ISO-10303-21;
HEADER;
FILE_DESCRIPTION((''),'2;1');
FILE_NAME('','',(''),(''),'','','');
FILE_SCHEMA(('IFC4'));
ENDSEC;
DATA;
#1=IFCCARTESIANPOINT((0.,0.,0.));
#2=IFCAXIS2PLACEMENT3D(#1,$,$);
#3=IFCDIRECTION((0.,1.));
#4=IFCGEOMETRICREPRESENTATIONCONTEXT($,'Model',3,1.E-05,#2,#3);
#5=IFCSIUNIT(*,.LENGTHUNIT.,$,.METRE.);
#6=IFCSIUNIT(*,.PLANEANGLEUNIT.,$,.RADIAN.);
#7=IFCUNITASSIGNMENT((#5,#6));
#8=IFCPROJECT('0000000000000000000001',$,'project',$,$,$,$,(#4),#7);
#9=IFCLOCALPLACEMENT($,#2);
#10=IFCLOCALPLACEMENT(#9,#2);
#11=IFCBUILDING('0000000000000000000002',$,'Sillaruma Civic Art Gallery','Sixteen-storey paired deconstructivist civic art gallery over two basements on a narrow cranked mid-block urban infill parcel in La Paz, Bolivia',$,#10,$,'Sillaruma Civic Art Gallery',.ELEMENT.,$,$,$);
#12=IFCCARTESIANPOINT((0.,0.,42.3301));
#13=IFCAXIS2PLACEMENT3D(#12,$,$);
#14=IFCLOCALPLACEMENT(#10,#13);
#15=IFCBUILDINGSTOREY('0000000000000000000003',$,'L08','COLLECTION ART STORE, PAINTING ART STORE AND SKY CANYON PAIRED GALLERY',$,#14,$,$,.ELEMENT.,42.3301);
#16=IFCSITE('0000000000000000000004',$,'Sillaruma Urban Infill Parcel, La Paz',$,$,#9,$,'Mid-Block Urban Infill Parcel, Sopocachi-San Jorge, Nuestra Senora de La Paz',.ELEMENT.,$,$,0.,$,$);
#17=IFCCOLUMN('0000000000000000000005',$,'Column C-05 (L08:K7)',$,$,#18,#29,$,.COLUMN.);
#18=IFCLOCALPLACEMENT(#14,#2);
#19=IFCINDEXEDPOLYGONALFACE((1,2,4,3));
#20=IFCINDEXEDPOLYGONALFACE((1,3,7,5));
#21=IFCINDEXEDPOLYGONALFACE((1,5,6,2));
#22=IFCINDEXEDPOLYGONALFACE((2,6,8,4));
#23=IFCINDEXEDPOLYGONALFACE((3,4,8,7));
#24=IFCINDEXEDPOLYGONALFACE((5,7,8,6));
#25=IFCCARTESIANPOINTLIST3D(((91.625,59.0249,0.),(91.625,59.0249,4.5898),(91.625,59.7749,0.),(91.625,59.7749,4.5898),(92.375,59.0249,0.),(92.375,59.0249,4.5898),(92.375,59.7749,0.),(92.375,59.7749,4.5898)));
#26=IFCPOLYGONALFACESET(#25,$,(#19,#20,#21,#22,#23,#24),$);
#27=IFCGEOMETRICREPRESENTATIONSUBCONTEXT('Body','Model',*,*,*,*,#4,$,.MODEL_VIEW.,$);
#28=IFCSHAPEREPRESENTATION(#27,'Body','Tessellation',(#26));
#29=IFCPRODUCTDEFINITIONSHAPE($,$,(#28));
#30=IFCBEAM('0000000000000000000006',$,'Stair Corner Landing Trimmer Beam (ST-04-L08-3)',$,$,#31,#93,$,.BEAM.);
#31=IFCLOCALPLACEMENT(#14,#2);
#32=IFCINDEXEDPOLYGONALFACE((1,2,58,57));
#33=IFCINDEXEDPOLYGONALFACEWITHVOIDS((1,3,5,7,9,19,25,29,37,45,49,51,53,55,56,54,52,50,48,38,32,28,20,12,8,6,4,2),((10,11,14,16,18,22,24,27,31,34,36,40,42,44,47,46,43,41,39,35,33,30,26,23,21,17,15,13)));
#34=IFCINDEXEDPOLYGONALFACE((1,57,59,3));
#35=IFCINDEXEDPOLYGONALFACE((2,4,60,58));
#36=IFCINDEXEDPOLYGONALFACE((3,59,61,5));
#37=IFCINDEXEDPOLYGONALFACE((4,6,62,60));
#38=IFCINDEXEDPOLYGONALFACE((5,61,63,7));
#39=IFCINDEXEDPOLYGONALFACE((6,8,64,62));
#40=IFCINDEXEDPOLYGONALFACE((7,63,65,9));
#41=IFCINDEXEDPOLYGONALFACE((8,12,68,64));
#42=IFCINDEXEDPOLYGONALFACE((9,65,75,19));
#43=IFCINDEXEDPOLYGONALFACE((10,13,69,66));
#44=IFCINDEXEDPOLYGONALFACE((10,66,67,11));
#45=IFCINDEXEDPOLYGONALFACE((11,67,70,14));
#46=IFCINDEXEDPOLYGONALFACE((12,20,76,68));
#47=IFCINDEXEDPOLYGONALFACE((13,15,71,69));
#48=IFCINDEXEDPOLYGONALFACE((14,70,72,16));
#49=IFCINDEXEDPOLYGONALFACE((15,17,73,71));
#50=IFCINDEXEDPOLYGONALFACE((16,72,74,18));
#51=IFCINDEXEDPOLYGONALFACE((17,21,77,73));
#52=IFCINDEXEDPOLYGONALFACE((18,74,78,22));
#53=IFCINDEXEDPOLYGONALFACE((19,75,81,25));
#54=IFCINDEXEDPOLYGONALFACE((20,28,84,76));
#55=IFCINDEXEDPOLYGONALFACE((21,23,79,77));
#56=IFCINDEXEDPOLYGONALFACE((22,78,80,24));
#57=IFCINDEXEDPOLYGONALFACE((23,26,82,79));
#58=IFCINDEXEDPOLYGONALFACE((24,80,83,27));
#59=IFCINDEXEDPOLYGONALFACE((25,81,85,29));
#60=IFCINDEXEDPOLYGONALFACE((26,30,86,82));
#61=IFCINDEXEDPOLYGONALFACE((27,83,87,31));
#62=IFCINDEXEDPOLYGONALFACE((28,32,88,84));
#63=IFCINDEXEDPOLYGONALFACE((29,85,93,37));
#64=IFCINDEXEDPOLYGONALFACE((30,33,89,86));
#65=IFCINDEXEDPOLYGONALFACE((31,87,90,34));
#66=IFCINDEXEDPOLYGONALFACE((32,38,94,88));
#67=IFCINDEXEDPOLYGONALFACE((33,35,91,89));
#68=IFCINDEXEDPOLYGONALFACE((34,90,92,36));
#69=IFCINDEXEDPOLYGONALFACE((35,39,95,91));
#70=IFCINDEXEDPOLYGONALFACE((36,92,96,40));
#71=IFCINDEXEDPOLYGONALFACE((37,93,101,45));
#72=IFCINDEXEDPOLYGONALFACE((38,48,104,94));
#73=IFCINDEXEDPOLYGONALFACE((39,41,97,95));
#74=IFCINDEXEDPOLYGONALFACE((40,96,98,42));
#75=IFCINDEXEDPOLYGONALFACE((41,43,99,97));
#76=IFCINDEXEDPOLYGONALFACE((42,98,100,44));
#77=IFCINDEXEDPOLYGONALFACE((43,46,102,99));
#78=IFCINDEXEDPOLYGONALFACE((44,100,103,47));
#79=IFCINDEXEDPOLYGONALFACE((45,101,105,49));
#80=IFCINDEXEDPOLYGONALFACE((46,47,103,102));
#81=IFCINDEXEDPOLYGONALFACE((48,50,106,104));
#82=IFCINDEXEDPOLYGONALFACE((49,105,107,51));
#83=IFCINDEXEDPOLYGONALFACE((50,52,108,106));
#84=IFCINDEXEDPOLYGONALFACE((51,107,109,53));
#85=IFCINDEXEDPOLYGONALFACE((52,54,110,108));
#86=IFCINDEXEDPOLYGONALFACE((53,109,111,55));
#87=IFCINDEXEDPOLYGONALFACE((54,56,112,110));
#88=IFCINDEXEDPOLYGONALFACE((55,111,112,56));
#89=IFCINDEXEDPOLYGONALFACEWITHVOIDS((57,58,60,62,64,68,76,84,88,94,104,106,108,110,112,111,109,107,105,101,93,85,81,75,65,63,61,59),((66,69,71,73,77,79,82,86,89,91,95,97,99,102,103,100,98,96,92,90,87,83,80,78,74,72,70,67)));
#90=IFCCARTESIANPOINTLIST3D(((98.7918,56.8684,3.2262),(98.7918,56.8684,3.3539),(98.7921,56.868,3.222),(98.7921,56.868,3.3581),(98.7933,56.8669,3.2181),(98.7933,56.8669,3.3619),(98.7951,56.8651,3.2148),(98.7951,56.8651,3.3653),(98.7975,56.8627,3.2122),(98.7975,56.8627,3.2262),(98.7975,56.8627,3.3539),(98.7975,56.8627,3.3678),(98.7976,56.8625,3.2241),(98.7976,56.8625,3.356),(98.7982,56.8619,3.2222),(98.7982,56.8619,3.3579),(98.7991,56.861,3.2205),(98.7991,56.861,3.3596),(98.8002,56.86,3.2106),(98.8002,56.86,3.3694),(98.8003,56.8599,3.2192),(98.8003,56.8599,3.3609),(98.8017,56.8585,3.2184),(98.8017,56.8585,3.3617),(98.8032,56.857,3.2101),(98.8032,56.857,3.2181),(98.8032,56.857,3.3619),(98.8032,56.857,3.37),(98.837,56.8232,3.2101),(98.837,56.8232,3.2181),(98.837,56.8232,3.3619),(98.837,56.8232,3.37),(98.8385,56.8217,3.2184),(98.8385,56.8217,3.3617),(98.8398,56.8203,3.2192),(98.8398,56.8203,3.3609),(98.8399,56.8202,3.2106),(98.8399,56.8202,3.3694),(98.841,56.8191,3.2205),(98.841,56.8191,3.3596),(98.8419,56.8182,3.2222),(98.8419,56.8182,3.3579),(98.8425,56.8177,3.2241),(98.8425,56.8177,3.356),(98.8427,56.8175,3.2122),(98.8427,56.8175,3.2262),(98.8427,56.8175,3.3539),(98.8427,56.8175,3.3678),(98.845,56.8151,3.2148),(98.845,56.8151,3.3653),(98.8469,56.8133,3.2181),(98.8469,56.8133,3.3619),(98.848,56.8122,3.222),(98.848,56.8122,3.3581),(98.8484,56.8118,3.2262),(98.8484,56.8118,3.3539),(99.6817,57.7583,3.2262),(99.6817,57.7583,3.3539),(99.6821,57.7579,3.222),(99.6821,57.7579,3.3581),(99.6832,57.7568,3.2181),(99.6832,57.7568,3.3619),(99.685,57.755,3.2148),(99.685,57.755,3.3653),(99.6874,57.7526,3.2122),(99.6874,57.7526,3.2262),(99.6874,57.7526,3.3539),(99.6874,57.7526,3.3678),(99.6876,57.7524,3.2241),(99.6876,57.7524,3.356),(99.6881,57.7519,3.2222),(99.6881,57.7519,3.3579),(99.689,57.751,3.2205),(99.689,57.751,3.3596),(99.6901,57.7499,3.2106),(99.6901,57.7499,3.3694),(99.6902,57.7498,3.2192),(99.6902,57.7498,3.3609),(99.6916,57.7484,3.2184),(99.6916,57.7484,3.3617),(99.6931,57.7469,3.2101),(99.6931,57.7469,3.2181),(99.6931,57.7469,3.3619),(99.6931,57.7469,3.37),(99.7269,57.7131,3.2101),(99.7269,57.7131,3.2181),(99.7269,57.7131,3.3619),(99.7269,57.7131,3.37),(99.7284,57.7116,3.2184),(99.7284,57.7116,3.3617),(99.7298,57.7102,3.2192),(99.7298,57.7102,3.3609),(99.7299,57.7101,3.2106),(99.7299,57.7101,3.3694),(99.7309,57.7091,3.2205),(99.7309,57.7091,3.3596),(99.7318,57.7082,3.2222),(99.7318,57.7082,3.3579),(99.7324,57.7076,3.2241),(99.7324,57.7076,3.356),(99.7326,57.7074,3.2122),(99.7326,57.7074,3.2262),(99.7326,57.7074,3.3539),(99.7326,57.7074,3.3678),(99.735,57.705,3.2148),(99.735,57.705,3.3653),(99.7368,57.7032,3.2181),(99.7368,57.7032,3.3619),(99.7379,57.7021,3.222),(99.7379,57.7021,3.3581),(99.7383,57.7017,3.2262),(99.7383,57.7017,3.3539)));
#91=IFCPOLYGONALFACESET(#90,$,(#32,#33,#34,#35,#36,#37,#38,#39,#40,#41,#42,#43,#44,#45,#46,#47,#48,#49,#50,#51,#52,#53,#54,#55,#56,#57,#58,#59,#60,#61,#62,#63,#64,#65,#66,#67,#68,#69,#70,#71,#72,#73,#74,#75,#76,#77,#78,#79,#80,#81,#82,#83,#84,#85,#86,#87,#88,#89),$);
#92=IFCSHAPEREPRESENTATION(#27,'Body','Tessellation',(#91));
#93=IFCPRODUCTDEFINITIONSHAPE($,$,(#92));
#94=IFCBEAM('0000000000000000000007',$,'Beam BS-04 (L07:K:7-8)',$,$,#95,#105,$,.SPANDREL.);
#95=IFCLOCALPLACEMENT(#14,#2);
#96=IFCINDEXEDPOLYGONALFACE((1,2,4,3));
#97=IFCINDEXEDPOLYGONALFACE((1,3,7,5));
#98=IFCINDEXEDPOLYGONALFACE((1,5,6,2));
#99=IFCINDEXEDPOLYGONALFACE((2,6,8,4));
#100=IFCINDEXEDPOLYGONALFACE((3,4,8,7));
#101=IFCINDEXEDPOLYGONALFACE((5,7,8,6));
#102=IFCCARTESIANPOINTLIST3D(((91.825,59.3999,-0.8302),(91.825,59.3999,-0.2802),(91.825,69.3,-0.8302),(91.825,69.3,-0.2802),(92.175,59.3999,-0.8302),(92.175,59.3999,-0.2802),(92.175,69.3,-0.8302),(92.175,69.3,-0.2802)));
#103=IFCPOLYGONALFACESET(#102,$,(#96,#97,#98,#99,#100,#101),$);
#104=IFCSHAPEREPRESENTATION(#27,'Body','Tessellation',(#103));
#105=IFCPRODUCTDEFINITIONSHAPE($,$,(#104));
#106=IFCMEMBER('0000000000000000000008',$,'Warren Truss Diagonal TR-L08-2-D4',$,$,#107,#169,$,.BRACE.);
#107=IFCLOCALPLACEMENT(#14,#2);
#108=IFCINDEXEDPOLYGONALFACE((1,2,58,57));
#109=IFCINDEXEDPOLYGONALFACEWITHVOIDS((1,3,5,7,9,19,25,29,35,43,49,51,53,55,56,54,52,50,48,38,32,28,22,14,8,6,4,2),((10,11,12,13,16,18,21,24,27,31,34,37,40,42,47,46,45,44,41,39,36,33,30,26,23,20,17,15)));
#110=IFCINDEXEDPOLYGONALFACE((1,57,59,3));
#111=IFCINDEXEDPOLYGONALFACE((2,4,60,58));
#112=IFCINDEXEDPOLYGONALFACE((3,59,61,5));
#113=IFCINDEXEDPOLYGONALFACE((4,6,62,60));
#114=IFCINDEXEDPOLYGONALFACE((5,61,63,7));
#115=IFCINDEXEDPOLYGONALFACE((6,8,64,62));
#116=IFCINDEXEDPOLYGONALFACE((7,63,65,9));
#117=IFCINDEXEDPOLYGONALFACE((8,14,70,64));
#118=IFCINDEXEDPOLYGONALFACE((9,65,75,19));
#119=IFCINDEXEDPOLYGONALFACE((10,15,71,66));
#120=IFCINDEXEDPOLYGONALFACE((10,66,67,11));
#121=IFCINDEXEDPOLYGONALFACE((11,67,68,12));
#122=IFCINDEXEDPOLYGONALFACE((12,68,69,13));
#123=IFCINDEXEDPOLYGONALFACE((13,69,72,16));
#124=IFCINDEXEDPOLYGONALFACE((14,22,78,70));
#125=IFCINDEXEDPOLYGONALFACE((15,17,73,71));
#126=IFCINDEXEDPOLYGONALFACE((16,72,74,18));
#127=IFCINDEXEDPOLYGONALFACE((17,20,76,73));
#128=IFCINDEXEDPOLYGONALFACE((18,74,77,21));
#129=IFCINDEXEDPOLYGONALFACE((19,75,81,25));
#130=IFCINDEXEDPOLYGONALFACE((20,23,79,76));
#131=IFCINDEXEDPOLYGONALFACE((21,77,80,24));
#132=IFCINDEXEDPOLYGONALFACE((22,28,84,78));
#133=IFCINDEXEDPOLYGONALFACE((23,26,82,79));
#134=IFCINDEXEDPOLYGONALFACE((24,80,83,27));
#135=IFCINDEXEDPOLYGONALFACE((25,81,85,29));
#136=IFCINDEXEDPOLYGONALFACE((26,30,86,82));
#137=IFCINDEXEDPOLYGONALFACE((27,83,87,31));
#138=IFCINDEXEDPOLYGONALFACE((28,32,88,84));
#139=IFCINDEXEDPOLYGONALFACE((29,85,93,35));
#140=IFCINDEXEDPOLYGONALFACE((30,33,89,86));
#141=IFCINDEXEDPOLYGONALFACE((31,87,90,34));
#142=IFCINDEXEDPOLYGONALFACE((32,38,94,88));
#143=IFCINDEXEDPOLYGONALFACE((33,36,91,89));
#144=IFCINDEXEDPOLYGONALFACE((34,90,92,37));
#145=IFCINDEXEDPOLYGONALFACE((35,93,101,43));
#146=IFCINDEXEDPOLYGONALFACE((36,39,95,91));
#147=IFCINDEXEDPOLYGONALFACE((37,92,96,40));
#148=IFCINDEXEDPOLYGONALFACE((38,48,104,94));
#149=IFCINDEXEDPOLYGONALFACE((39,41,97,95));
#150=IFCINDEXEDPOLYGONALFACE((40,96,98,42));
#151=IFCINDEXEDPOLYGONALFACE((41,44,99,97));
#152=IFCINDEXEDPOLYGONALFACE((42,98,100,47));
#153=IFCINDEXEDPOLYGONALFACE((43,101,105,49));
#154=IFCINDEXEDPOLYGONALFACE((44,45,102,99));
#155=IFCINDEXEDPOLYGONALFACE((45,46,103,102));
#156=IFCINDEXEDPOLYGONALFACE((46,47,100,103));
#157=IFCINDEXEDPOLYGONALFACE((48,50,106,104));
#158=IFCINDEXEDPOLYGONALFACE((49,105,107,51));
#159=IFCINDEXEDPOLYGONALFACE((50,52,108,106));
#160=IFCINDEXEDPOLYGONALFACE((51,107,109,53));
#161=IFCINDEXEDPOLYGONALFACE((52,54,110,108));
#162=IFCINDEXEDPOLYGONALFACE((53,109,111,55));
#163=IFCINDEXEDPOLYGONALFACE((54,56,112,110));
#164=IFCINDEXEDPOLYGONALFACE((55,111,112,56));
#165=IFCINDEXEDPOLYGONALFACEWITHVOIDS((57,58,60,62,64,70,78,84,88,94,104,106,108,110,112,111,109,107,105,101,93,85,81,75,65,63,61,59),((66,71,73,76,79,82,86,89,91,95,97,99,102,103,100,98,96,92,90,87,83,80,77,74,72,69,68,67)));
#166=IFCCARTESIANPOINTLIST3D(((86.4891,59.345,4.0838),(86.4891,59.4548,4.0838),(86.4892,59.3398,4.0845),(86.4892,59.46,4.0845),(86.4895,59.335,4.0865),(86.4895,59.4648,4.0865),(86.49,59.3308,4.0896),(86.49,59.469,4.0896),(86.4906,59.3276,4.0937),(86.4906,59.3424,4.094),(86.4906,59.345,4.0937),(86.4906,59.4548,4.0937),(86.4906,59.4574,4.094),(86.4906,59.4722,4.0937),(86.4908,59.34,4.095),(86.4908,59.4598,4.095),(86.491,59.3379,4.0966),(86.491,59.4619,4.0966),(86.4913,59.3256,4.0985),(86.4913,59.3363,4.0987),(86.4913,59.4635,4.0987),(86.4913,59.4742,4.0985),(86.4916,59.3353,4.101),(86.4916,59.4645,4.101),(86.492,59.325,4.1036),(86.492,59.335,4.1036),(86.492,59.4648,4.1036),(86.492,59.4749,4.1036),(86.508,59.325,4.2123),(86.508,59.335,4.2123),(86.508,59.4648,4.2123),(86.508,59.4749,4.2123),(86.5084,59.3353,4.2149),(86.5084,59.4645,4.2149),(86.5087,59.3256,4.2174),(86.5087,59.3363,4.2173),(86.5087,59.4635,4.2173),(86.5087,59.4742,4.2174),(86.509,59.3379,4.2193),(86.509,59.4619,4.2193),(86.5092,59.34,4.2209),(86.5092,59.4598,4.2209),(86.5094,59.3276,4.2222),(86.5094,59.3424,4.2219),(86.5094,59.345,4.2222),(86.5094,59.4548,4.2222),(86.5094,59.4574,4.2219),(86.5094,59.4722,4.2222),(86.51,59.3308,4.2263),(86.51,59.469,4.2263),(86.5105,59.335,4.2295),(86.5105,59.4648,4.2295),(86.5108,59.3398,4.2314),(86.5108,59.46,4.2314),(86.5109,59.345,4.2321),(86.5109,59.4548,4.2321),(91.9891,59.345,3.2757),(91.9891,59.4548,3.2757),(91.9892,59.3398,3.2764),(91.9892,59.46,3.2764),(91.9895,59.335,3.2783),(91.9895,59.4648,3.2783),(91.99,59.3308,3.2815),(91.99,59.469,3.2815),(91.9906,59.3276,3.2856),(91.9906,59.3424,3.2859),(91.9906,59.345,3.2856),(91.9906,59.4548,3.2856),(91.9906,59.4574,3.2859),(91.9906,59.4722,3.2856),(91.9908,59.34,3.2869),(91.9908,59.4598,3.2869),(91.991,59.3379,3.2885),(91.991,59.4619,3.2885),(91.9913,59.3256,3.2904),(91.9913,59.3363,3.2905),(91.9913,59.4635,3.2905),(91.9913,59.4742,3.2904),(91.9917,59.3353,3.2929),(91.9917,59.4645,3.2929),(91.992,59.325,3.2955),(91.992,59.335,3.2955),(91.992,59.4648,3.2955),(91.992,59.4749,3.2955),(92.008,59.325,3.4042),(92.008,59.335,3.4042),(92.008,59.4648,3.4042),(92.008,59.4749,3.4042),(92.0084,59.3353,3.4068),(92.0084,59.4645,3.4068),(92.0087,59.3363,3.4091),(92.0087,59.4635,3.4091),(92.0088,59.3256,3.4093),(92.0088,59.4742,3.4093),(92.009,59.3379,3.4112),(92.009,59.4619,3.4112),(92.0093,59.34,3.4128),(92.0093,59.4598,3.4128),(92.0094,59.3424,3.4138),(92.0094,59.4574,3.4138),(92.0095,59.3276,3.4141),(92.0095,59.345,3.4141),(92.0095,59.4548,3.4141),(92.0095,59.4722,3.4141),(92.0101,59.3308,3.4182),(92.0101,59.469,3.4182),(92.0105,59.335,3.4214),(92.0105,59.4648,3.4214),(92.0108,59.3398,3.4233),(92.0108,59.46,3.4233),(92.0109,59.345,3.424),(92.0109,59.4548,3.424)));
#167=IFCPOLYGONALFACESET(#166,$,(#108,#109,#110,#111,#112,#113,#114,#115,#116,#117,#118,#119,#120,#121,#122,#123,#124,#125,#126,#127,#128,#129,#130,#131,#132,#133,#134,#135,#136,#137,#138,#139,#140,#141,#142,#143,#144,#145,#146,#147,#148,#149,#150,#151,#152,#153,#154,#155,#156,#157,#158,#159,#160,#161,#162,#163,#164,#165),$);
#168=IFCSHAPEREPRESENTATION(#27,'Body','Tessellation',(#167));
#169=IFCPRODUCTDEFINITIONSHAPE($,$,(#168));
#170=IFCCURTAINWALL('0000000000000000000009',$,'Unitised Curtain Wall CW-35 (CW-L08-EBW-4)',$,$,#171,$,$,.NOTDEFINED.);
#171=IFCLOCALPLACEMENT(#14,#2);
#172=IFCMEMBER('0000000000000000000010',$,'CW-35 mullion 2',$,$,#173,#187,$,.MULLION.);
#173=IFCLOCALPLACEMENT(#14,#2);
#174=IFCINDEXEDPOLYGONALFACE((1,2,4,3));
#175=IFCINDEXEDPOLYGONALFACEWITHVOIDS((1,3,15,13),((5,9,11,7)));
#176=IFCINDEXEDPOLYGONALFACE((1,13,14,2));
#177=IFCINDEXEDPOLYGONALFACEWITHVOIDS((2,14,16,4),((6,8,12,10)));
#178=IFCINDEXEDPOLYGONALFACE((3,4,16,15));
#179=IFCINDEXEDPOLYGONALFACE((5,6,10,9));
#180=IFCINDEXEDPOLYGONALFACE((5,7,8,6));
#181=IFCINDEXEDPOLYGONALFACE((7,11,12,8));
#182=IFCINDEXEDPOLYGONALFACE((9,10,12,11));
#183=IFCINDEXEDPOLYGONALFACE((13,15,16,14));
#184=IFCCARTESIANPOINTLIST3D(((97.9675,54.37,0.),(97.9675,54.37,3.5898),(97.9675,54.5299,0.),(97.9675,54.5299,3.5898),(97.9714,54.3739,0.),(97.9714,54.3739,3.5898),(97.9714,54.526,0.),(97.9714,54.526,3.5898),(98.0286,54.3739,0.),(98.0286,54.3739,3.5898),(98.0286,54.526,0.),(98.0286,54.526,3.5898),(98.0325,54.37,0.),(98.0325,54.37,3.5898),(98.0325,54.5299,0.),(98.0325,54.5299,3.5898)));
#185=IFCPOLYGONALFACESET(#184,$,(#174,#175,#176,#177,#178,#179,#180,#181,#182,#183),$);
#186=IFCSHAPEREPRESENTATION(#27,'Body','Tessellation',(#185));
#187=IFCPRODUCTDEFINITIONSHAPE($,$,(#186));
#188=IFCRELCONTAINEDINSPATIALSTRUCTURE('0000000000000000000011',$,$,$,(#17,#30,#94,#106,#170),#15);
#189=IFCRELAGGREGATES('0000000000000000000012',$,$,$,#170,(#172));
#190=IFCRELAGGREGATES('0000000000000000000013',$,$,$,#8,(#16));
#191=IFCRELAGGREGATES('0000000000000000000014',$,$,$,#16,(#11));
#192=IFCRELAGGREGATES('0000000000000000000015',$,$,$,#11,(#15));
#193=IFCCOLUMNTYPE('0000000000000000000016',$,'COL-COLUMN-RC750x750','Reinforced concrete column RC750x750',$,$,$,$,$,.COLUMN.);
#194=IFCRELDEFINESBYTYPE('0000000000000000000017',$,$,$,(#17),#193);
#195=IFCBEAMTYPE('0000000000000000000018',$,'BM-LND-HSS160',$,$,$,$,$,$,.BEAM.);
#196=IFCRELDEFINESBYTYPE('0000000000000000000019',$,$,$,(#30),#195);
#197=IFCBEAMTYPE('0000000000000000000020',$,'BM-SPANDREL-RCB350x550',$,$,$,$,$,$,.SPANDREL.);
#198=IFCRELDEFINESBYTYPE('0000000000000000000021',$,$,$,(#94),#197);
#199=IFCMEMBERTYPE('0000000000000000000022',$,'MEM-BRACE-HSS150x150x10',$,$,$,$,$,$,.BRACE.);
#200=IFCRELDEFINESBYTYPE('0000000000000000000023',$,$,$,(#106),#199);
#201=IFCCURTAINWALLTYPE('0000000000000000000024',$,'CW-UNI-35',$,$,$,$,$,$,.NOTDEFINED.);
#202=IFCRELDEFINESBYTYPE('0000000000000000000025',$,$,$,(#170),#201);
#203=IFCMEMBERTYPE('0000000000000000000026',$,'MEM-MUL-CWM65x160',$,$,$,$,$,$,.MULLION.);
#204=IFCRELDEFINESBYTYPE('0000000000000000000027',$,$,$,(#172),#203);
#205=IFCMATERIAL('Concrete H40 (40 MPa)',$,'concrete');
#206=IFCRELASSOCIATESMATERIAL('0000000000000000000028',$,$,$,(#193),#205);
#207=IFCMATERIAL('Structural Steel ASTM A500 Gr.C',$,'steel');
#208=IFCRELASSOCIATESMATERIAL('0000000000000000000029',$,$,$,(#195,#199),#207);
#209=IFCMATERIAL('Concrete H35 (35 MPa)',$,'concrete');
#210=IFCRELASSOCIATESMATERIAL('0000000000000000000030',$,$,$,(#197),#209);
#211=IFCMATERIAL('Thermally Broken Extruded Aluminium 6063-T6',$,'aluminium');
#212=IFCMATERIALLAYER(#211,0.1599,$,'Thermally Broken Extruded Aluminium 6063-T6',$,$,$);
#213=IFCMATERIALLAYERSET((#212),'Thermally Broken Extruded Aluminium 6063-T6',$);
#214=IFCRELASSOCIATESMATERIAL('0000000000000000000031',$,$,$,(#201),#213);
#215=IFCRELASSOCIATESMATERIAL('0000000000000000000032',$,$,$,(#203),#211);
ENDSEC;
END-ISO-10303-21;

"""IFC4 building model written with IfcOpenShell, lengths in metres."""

from ifc_helpers import new_model, si_unit, direction, frame, origin, origin_2d, place, context, subcontext, project, spatial, rectangle, hollow_rectangle, extrude, material, layer, layer_set, material_profile, profile_set, type_object, element, aggregate, save


model = new_model("IFC4")

# Units and contexts
model_context = context("Model", 3, precision=1e-05, world=origin(), true_north=direction((0.0, 1.0)))
body_context = subcontext(model_context, "Body", "Model", "MODEL_VIEW")
ifc_project = project(units=[si_unit("LENGTHUNIT", "METRE"), si_unit("PLANEANGLEUNIT", "RADIAN")], contexts=[model_context])

# Site, building, storey
site_placement = place(None, origin())
site = spatial("IfcSite", under=ifc_project, at=site_placement, Name="Sillaruma Urban Infill Parcel, La Paz", LongName="Mid-Block Urban Infill Parcel, Sopocachi-San Jorge, Nuestra Senora de La Paz", CompositionType="ELEMENT", RefElevation=0.0)
building_placement = place(site_placement, origin())
building = spatial("IfcBuilding", under=site, at=building_placement, Name="Sillaruma Civic Art Gallery", Description="Sixteen-storey paired deconstructivist civic art gallery over two basements on a narrow cranked mid-block urban infill parcel in La Paz, Bolivia", LongName="Sillaruma Civic Art Gallery", CompositionType="ELEMENT")
storey_placement = place(building_placement, frame((0.0, 0.0, 42.3301)))
storey = spatial("IfcBuildingStorey", under=building, at=storey_placement, Name="L08", Description="COLLECTION ART STORE, PAINTING ART STORE AND SKY CANYON PAIRED GALLERY", CompositionType="ELEMENT", Elevation=42.3301)

# Column
ifc_material_1 = material(Name="Concrete H40 (40 MPa)", Category="concrete")
ifc_material_profile_1 = material_profile(ifc_material_1, rectangle(XDim=0.75, YDim=0.75, at=origin_2d()), Name="RC750x750")
ifc_profile_set_1 = profile_set([ifc_material_profile_1], Name="Concrete H40 (40 MPa)")
column_type = type_object("IfcColumnType", Name="COL-COLUMN-RC750x750", Description="Reinforced concrete column RC750x750", PredefinedType="COLUMN", material=ifc_profile_set_1)
column_placement = place(storey_placement, frame((92.0, 59.3999, 0.0), z_axis=(0.0, 0.0, 1.0), x_axis=(1.0, 0.0, 0.0)))
element("IfcColumn", 1, at=column_placement, inside=storey, type_object=column_type, Name="Column C-05 (L08:K7)", PredefinedType="COLUMN", context=body_context, shape_type="SweptSolid", body=[
    extrude(rectangle(XDim=0.75, YDim=0.75, at=origin_2d()), origin(), (0.0, 0.0, 1.0), 4.5898),
])

# Beams
ifc_material_2 = material(Name="Structural Steel ASTM A500 Gr.C", Category="steel")
ifc_material_profile_2 = material_profile(ifc_material_2, hollow_rectangle(XDim=0.0801, YDim=0.1599, WallThickness=0.0081, InnerFilletRadius=0.0081, OuterFilletRadius=0.0161, at=origin_2d()), Name="HSS160x80x8")
ifc_profile_set_2 = profile_set([ifc_material_profile_2], Name="Structural Steel ASTM A500 Gr.C")
beam_type_1 = type_object("IfcBeamType", Name="BM-LND-HSS160", PredefinedType="BEAM", material=ifc_profile_set_2)
beam_1_placement = place(storey_placement, frame((98.8201, 56.8401, 3.29), z_axis=(0.707107, 0.707107, 0.0), x_axis=(-0.707107, 0.707107, 0.0)))
element("IfcBeam", 2, at=beam_1_placement, inside=storey, type_object=beam_type_1, Name="Stair Corner Landing Trimmer Beam (ST-04-L08-3)", PredefinedType="BEAM", context=body_context, shape_type="SweptSolid", body=[
    extrude(hollow_rectangle(XDim=0.0801, YDim=0.1599, WallThickness=0.0081, InnerFilletRadius=0.0081, OuterFilletRadius=0.0161, at=origin_2d()), origin(), (0.0, 0.0, 1.0), 1.2585),
])
ifc_material_3 = material(Name="Concrete H35 (35 MPa)", Category="concrete")
ifc_material_profile_3 = material_profile(ifc_material_3, rectangle(XDim=0.3501, YDim=0.55, at=origin_2d()), Name="RCB350x550")
ifc_profile_set_3 = profile_set([ifc_material_profile_3], Name="Concrete H35 (35 MPa)")
beam_type_2 = type_object("IfcBeamType", Name="BM-SPANDREL-RCB350x550", PredefinedType="SPANDREL", material=ifc_profile_set_3)
beam_2_placement = place(storey_placement, frame((92.0, 59.3999, -0.5552), z_axis=(0.0, 1.0, 0.0), x_axis=(-1.0, 0.0, 0.0)))
element("IfcBeam", 3, at=beam_2_placement, inside=storey, type_object=beam_type_2, Name="Beam BS-04 (L07:K:7-8)", PredefinedType="SPANDREL", context=body_context, shape_type="SweptSolid", body=[
    extrude(rectangle(XDim=0.3501, YDim=0.55, at=origin_2d()), origin(), (0.0, 0.0, 1.0), 9.9001),
])

# Member
ifc_material_profile_4 = material_profile(ifc_material_2, hollow_rectangle(XDim=0.1499, YDim=0.1499, WallThickness=0.01, InnerFilletRadius=0.01, OuterFilletRadius=0.02, at=origin_2d()), Name="HSS150x150x10")
ifc_profile_set_4 = profile_set([ifc_material_profile_4], Name="Structural Steel ASTM A500 Gr.C")
member_type_1 = type_object("IfcMemberType", Name="MEM-BRACE-HSS150x150x10", PredefinedType="BRACE", material=ifc_profile_set_4)
member_1_placement = place(storey_placement, frame((86.5, 59.3999, 4.158), z_axis=(0.989378, 0.0, -0.145368), x_axis=(0.0, 1.0, 0.0)))
element("IfcMember", 4, at=member_1_placement, inside=storey, type_object=member_type_1, Name="Warren Truss Diagonal TR-L08-2-D4", PredefinedType="BRACE", context=body_context, shape_type="SweptSolid", body=[
    extrude(hollow_rectangle(XDim=0.1499, YDim=0.1499, WallThickness=0.01, InnerFilletRadius=0.01, OuterFilletRadius=0.02, at=origin_2d()), origin(), (0.0, 0.0, 1.0), 5.5591),
])

# Curtain wall, member
ifc_material_4 = material(Name="Thermally Broken Extruded Aluminium 6063-T6", Category="aluminium")
ifc_layer_1 = layer(ifc_material_4, 0.1599, Name="Thermally Broken Extruded Aluminium 6063-T6")
ifc_layer_set_1 = layer_set([ifc_layer_1], Name="Thermally Broken Extruded Aluminium 6063-T6")
curtain_wall_type = type_object("IfcCurtainWallType", Name="CW-UNI-35", PredefinedType="NOTDEFINED", material=ifc_layer_set_1)
curtain_wall_placement = place(storey_placement, origin())
curtain_wall = element("IfcCurtainWall", 5, at=curtain_wall_placement, inside=storey, type_object=curtain_wall_type, Name="Unitised Curtain Wall CW-35 (CW-L08-EBW-4)", PredefinedType="NOTDEFINED")
ifc_material_profile_5 = material_profile(ifc_material_4, hollow_rectangle(XDim=0.0649, YDim=0.1599, WallThickness=0.0039, at=origin_2d()), Name="CWM65x160")
ifc_profile_set_5 = profile_set([ifc_material_profile_5], Name="Thermally Broken Extruded Aluminium 6063-T6")
member_type_2 = type_object("IfcMemberType", Name="MEM-MUL-CWM65x160", PredefinedType="MULLION", material=ifc_profile_set_5)
member_2_placement = place(storey_placement, frame((98.0, 54.45, 0.0), z_axis=(0.0, 0.0, 1.0), x_axis=(-1.0, 0.0, 0.0)))
member_2 = element("IfcMember", 6, at=member_2_placement, type_object=member_type_2, Name="CW-35 mullion 2", PredefinedType="MULLION", context=body_context, shape_type="SweptSolid", body=[
    extrude(hollow_rectangle(XDim=0.0649, YDim=0.1599, WallThickness=0.0039, at=origin_2d()), origin(), (0.0, 0.0, 1.0), 3.5898),
])

aggregate(curtain_wall, [member_2])

save(model, "model.ifc")
